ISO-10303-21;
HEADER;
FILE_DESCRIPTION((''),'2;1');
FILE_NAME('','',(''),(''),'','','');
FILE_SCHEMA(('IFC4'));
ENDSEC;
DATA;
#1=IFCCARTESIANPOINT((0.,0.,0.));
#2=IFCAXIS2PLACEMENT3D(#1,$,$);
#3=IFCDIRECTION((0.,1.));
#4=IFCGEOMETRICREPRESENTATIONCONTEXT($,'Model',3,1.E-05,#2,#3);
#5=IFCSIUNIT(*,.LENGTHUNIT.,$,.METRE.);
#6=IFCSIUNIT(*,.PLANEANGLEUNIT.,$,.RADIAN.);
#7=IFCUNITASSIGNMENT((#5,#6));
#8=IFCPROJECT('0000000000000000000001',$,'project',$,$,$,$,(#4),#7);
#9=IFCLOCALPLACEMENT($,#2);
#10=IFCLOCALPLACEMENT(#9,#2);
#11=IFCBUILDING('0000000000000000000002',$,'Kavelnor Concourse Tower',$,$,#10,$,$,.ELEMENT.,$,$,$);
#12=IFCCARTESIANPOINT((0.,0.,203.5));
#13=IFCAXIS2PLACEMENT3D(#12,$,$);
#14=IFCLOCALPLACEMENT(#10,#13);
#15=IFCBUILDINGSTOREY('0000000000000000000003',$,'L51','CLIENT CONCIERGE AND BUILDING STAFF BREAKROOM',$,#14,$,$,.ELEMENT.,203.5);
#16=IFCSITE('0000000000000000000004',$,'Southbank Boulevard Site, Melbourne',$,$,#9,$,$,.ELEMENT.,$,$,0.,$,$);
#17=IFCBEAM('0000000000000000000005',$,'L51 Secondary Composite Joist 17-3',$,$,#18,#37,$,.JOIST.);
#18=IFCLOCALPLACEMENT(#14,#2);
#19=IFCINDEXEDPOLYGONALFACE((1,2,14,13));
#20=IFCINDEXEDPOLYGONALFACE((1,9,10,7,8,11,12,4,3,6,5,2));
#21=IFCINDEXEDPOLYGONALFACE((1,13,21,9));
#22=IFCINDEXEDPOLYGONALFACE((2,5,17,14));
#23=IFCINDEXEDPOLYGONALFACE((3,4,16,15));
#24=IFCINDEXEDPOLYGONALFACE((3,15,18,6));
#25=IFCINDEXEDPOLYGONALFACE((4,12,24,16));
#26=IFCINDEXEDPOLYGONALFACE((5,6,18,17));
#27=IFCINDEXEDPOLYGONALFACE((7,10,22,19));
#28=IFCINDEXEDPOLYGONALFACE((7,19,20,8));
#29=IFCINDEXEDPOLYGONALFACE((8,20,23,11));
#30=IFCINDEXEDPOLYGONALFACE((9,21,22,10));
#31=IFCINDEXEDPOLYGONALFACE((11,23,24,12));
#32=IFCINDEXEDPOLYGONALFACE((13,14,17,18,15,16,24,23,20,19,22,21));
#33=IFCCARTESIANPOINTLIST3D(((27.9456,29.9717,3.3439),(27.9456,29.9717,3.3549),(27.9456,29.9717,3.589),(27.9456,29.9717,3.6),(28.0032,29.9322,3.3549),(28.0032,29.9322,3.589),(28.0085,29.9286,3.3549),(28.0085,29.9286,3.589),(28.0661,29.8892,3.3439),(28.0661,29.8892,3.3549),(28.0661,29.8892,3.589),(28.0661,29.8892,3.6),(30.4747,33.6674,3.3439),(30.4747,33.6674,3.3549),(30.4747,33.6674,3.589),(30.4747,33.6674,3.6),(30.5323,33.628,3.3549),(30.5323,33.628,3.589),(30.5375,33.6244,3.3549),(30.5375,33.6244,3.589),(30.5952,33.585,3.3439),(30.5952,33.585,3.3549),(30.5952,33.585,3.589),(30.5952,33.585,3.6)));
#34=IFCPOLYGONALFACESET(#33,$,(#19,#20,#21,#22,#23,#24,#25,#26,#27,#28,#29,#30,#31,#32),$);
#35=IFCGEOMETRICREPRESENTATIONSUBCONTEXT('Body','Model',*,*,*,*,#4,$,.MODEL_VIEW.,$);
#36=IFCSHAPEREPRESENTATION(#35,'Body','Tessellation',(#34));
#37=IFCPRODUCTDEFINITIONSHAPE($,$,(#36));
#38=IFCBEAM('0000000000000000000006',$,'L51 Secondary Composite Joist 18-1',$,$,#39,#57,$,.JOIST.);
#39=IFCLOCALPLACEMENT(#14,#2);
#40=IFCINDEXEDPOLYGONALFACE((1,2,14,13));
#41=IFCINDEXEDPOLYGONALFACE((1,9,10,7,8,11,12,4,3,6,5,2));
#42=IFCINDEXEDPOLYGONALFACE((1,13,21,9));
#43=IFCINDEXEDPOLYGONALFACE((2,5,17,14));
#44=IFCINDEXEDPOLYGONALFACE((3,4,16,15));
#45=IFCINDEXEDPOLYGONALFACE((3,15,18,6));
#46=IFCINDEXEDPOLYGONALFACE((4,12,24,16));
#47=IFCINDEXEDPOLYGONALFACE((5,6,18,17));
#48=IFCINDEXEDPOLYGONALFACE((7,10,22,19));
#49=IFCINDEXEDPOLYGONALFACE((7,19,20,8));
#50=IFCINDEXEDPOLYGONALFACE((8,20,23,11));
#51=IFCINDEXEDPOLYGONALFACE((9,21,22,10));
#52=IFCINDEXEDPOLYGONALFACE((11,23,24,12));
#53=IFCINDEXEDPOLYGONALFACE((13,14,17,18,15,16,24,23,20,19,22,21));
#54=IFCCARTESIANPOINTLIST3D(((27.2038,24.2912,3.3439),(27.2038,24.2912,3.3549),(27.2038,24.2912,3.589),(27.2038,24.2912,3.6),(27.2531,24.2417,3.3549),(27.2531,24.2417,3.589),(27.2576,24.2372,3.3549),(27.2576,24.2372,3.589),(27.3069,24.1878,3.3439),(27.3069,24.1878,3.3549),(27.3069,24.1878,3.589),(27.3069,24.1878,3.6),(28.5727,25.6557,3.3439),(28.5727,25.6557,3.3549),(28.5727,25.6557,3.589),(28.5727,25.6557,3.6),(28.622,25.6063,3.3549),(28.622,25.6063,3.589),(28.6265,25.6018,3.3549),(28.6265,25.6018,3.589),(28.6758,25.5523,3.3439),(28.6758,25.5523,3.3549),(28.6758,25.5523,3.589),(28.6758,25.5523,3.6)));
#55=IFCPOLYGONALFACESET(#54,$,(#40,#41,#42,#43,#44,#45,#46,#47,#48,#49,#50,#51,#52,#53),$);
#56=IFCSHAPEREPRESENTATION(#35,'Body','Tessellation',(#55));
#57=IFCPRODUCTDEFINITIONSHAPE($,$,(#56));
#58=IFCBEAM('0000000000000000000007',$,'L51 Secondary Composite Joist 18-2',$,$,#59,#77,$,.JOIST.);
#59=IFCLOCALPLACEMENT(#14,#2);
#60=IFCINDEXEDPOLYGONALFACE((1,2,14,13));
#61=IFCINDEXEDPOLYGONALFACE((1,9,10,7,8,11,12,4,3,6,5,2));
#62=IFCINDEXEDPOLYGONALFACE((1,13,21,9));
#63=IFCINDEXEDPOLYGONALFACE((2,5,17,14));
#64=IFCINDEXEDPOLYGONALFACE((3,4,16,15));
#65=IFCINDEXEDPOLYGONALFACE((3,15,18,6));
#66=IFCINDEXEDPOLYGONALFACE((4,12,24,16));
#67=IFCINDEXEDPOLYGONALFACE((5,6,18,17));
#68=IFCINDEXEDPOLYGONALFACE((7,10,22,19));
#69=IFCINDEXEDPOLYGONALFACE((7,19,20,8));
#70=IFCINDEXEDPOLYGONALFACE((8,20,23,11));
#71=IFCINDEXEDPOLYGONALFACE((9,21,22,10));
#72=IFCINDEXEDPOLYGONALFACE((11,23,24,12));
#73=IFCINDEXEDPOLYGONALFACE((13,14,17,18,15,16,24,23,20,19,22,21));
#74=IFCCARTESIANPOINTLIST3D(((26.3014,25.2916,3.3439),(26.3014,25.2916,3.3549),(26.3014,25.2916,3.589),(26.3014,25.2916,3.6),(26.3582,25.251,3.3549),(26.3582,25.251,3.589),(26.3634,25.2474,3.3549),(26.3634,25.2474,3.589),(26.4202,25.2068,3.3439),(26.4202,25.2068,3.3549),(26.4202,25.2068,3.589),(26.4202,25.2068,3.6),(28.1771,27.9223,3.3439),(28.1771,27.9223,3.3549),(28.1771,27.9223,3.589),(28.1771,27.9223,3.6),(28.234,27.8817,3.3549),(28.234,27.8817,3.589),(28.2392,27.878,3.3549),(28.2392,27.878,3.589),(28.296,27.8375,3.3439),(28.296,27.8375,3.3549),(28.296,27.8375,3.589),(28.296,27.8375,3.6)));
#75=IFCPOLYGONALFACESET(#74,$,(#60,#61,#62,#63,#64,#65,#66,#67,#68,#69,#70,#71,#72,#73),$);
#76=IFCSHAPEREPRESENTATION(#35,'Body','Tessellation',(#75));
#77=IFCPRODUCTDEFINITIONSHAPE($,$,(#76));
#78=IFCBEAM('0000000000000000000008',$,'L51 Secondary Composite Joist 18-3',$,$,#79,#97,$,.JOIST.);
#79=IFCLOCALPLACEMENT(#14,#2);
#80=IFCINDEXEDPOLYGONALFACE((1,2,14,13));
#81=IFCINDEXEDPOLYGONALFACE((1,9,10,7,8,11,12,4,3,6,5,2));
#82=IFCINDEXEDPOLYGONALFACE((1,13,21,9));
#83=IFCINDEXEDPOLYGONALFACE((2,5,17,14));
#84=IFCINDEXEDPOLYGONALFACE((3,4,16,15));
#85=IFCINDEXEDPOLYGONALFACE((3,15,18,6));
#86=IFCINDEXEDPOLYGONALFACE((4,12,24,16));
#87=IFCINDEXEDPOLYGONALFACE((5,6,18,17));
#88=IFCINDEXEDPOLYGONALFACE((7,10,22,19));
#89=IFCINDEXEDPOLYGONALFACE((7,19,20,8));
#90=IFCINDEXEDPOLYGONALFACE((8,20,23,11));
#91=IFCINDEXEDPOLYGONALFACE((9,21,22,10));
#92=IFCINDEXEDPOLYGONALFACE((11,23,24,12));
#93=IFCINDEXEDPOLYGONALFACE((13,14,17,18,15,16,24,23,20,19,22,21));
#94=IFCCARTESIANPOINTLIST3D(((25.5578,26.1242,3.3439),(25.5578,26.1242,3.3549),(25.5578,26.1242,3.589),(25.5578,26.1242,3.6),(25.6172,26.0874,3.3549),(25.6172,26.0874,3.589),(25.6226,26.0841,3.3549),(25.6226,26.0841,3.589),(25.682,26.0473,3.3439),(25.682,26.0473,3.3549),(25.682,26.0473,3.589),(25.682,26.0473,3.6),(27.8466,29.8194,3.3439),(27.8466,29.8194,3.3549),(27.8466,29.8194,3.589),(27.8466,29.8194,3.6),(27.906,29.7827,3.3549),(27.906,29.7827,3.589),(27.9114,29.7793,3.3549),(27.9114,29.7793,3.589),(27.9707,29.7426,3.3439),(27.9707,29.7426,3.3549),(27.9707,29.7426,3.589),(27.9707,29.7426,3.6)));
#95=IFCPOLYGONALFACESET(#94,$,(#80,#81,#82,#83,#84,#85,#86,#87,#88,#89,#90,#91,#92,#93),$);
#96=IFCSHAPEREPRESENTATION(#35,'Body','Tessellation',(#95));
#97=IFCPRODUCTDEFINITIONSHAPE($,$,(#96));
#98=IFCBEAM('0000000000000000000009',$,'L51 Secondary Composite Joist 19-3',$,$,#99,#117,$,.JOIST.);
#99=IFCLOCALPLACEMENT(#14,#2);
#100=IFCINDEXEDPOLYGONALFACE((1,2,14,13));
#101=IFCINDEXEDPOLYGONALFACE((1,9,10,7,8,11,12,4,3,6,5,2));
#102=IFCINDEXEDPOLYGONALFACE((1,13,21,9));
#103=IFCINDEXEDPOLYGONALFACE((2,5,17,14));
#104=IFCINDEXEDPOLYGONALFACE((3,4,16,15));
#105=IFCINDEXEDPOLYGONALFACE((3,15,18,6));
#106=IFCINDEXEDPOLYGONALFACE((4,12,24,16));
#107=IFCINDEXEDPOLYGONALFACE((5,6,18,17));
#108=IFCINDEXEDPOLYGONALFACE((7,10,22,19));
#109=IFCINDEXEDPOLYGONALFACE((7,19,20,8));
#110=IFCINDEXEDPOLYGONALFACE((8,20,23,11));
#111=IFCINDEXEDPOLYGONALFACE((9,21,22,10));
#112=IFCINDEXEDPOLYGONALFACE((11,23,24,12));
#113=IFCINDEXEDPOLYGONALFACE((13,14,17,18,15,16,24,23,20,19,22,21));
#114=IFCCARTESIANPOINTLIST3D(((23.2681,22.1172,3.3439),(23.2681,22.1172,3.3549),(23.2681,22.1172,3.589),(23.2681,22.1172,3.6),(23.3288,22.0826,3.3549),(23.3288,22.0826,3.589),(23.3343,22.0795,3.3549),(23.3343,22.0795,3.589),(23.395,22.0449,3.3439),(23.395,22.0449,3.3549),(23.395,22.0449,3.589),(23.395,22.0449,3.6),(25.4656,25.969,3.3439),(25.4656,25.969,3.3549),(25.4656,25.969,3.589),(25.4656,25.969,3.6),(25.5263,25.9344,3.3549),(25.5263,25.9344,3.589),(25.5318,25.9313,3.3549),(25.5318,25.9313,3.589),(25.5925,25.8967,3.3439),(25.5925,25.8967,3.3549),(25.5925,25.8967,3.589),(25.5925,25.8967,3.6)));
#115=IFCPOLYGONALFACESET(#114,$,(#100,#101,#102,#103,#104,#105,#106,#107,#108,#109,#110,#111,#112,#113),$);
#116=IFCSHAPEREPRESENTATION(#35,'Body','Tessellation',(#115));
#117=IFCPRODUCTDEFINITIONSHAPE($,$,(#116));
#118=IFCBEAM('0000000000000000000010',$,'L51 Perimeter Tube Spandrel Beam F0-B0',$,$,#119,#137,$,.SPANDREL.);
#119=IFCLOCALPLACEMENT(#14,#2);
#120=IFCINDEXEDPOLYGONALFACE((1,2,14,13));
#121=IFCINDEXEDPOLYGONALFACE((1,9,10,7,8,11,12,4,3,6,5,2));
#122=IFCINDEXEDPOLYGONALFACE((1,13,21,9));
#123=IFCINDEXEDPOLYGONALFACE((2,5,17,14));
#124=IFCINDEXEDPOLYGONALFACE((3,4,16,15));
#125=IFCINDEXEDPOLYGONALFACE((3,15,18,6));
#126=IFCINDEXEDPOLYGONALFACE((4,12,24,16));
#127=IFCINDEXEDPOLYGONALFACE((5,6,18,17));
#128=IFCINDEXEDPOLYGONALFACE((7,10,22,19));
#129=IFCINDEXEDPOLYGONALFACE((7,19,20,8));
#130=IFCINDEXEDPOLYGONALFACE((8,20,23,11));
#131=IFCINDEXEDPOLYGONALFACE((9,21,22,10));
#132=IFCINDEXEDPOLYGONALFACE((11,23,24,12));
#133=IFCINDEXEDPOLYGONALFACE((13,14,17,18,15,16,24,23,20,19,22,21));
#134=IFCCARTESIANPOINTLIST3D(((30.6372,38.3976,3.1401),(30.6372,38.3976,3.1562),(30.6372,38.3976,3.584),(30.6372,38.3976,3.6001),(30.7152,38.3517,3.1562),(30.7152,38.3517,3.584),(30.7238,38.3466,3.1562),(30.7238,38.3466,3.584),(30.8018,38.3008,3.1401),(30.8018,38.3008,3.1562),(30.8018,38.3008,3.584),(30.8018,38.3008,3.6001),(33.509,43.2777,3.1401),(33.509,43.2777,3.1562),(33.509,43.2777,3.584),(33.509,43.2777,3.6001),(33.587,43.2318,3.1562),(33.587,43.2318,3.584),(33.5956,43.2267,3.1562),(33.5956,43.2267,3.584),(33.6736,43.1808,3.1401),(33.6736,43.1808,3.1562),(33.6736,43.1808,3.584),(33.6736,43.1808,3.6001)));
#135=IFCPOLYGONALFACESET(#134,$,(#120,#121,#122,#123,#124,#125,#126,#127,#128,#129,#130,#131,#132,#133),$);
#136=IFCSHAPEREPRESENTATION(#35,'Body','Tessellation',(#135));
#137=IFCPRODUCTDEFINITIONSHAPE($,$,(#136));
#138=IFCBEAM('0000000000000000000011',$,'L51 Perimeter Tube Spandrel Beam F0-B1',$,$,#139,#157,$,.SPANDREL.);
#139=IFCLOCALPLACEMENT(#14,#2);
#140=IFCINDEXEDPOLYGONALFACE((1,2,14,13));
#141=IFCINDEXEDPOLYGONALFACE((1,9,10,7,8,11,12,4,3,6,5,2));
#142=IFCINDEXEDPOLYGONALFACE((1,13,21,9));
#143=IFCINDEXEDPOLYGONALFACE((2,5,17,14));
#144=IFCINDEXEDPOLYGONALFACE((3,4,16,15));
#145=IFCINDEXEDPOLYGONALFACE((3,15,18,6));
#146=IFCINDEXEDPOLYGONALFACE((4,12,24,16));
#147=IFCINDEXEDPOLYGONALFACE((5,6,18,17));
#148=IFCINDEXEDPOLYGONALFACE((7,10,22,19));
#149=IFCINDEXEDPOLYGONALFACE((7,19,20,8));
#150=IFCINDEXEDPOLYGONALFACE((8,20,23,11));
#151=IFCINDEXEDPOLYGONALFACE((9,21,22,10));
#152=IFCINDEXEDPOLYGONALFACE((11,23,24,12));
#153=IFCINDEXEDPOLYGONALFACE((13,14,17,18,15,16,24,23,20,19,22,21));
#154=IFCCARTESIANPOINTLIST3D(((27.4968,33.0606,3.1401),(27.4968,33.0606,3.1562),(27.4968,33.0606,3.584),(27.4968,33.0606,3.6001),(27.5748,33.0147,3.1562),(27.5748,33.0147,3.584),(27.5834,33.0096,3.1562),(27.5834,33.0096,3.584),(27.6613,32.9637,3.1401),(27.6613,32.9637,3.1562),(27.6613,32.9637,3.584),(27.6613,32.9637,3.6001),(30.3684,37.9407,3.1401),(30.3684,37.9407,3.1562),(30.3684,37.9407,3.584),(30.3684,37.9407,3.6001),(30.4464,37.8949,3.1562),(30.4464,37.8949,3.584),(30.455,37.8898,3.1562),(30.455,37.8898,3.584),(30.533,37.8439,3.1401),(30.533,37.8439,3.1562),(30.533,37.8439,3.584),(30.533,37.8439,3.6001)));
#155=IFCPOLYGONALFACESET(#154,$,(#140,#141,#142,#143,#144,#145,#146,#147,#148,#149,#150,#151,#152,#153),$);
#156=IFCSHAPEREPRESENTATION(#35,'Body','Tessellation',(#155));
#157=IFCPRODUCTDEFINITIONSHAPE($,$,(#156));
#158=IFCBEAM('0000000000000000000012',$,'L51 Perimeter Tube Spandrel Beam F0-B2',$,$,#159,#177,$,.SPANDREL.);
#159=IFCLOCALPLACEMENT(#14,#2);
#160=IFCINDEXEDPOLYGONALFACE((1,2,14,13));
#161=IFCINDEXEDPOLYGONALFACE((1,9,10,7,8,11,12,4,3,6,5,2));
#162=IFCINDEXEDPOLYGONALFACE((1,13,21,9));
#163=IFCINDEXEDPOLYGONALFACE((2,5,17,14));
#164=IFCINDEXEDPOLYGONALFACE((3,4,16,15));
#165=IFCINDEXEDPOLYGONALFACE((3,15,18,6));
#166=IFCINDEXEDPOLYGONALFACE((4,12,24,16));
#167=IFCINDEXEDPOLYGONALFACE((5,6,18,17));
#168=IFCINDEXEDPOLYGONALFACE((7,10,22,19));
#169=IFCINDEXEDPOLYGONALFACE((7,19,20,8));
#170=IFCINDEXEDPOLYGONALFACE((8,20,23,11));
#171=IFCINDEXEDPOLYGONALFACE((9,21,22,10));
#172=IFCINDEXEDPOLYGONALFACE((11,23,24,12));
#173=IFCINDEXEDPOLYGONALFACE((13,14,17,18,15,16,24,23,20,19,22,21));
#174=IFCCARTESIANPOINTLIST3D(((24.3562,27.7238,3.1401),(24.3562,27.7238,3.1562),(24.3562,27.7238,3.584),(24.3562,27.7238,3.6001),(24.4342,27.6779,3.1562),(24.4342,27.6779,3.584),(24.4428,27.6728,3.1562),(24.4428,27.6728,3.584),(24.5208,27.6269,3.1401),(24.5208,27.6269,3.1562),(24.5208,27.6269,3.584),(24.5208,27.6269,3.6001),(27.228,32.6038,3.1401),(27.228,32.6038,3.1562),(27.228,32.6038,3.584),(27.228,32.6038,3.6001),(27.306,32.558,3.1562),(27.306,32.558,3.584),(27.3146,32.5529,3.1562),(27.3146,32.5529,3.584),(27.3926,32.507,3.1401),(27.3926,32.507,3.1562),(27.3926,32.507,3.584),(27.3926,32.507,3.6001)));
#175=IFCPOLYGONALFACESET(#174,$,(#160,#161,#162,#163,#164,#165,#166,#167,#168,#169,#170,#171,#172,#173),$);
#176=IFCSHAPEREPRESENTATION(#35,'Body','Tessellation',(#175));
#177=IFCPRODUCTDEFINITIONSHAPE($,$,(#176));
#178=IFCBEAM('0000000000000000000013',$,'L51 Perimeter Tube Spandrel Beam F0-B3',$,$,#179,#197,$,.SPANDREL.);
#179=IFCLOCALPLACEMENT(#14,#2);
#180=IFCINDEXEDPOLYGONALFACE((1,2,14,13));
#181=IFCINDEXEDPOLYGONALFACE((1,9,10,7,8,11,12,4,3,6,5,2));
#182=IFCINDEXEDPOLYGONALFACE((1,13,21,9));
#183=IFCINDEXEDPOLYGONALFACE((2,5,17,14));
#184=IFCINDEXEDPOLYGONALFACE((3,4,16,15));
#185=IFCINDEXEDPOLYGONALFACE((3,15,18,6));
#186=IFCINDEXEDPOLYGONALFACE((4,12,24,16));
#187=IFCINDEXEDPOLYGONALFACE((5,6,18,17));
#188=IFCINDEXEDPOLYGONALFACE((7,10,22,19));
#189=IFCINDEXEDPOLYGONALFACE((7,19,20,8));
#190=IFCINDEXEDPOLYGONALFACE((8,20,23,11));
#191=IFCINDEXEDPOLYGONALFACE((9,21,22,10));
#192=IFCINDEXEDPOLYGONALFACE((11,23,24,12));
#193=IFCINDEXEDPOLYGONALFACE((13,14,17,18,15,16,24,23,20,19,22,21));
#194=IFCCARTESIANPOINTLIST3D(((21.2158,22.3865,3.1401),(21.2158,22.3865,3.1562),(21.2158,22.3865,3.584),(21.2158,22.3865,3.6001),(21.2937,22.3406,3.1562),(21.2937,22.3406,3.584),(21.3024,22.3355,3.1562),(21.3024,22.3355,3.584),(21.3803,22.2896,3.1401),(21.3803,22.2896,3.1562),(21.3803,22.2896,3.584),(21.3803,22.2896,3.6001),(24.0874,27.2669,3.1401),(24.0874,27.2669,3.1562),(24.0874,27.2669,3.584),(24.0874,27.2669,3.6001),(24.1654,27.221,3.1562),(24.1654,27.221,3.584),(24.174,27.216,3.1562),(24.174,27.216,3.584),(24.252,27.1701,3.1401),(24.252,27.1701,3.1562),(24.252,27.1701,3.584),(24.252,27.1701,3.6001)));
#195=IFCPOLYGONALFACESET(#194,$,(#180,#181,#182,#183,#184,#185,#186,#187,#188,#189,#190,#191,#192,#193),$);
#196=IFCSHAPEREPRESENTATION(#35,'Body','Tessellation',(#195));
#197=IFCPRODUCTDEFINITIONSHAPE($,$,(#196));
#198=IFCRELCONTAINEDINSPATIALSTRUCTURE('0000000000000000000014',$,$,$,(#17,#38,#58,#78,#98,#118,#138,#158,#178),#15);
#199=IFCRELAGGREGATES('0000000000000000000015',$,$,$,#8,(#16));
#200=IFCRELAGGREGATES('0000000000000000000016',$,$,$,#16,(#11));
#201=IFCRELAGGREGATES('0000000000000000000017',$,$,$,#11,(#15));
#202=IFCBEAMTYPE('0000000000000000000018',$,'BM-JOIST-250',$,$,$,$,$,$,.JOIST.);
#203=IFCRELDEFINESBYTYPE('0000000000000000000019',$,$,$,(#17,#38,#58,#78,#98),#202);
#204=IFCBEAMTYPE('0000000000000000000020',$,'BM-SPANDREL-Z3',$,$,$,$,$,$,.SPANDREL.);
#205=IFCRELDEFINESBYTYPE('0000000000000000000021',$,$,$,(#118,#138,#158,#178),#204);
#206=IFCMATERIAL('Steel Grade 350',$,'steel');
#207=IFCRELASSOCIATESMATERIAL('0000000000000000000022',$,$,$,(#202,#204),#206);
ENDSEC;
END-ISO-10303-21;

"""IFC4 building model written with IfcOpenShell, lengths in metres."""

from ifc_helpers import new_model, si_unit, direction, frame, origin, origin_2d, place, context, subcontext, project, spatial, i_section, extrude, material, material_profile, profile_set, type_object, element, save


model = new_model("IFC4")

# Units and contexts
model_context = context("Model", 3, precision=1e-05, world=origin(), true_north=direction((0.0, 1.0)))
body_context = subcontext(model_context, "Body", "Model", "MODEL_VIEW")
ifc_project = project(units=[si_unit("LENGTHUNIT", "METRE"), si_unit("PLANEANGLEUNIT", "RADIAN")], contexts=[model_context])

# Site, building, storey
site_placement = place(None, origin())
site = spatial("IfcSite", under=ifc_project, at=site_placement, Name="Southbank Boulevard Site, Melbourne", CompositionType="ELEMENT", RefElevation=0.0)
building_placement = place(site_placement, origin())
building = spatial("IfcBuilding", under=site, at=building_placement, Name="Kavelnor Concourse Tower", CompositionType="ELEMENT")
storey_placement = place(building_placement, frame((0.0, 0.0, 203.5)))
storey = spatial("IfcBuildingStorey", under=building, at=storey_placement, Name="L51", Description="CLIENT CONCIERGE AND BUILDING STAFF BREAKROOM", CompositionType="ELEMENT", Elevation=203.5)

# Shared definitions
ifc_material_1 = material(Name="Steel Grade 350", Category="steel")

# Beams
ifc_material_profile_1 = material_profile(ifc_material_1, i_section(OverallWidth=0.146, OverallDepth=0.2561, WebThickness=0.0063, FlangeThickness=0.011, at=origin_2d()), Name="250UB37")
ifc_profile_set_1 = profile_set([ifc_material_profile_1], Name="Steel Grade 350")
beam_type_1 = type_object("IfcBeamType", Name="BM-JOIST-250", PredefinedType="JOIST", material=ifc_profile_set_1)
beam_1_placement = place(storey_placement, frame((30.5349, 33.6262, 3.4719), z_axis=(-0.564737, -0.825271, 0.0), x_axis=(0.825271, -0.564737, 0.0)))
element("IfcBeam", 1, at=beam_1_placement, inside=storey, type_object=beam_type_1, Name="L51 Secondary Composite Joist 17-3", PredefinedType="JOIST", context=body_context, shape_type="SweptSolid", body=[
    extrude(i_section(OverallWidth=0.146, OverallDepth=0.2561, WebThickness=0.0063, FlangeThickness=0.011, at=origin_2d()), origin(), (0.0, 0.0, 1.0), 4.4783),
])
beam_2_placement = place(storey_placement, frame((28.6243, 25.604, 3.4719), z_axis=(-0.708243, -0.705969, 0.0), x_axis=(0.705969, -0.708243, 0.0)))
element("IfcBeam", 2, at=beam_2_placement, inside=storey, type_object=beam_type_1, Name="L51 Secondary Composite Joist 18-1", PredefinedType="JOIST", context=body_context, shape_type="SweptSolid", body=[
    extrude(i_section(OverallWidth=0.146, OverallDepth=0.2561, WebThickness=0.0063, FlangeThickness=0.011, at=origin_2d()), origin(), (0.0, 0.0, 1.0), 1.9329),
])
beam_3_placement = place(storey_placement, frame((28.2366, 27.8799, 3.4719), z_axis=(-0.580566, -0.814213, 0.0), x_axis=(0.814213, -0.580566, 0.0)))
element("IfcBeam", 3, at=beam_3_placement, inside=storey, type_object=beam_type_1, Name="L51 Secondary Composite Joist 18-2", PredefinedType="JOIST", context=body_context, shape_type="SweptSolid", body=[
    extrude(i_section(OverallWidth=0.146, OverallDepth=0.2561, WebThickness=0.0063, FlangeThickness=0.011, at=origin_2d()), origin(), (0.0, 0.0, 1.0), 3.231),
])
beam_4_placement = place(storey_placement, frame((27.9087, 29.781, 3.4719), z_axis=(-0.526561, -0.850137, 0.0), x_axis=(0.850137, -0.526561, 0.0)))
element("IfcBeam", 4, at=beam_4_placement, inside=storey, type_object=beam_type_1, Name="L51 Secondary Composite Joist 18-3", PredefinedType="JOIST", context=body_context, shape_type="SweptSolid", body=[
    extrude(i_section(OverallWidth=0.146, OverallDepth=0.2561, WebThickness=0.0063, FlangeThickness=0.011, at=origin_2d()), origin(), (0.0, 0.0, 1.0), 4.3467),
])
beam_5_placement = place(storey_placement, frame((25.5291, 25.9329, 3.4719), z_axis=(-0.49554, -0.868585, 0.0), x_axis=(0.868585, -0.49554, 0.0)))
element("IfcBeam", 5, at=beam_5_placement, inside=storey, type_object=beam_type_1, Name="L51 Secondary Composite Joist 19-3", PredefinedType="JOIST", context=body_context, shape_type="SweptSolid", body=[
    extrude(i_section(OverallWidth=0.146, OverallDepth=0.2561, WebThickness=0.0063, FlangeThickness=0.011, at=origin_2d()), origin(), (0.0, 0.0, 1.0), 4.4346),
])
ifc_material_profile_2 = material_profile(ifc_material_1, i_section(OverallWidth=0.1909, OverallDepth=0.46, WebThickness=0.01, FlangeThickness=0.0161, at=origin_2d()), Name="460UB82")
ifc_profile_set_2 = profile_set([ifc_material_profile_2], Name="Steel Grade 350")
beam_type_2 = type_object("IfcBeamType", Name="BM-SPANDREL-Z3", PredefinedType="SPANDREL", material=ifc_profile_set_2)
for number, where, z_axis, x_axis, name in (
    (6, (33.5913, 43.2292, 3.3701), (-0.507173, -0.861844, 0.0), (0.861844, -0.507173, 0.0), "L51 Perimeter Tube Spandrel Beam F0-B0"),
    (7, (30.4507, 37.8923, 3.3701), (-0.507141, -0.861863, 0.0), (0.861863, -0.507141, 0.0), "L51 Perimeter Tube Spandrel Beam F0-B1"),
    (8, (27.3103, 32.5554, 3.3701), (-0.507173, -0.861844, 0.0), (0.861844, -0.507173, 0.0), "L51 Perimeter Tube Spandrel Beam F0-B2"),
):
    element("IfcBeam", number, at=place(storey_placement, frame(where, z_axis=z_axis, x_axis=x_axis)), inside=storey, type_object=beam_type_2, Name=name, PredefinedType="SPANDREL", context=body_context, shape_type="SweptSolid", body=[
        extrude(i_section(OverallWidth=0.1909, OverallDepth=0.46, WebThickness=0.01, FlangeThickness=0.0161, at=origin_2d()), origin(), (0.0, 0.0, 1.0), 5.6624),
    ])
beam_6_placement = place(storey_placement, frame((24.1697, 27.2185, 3.3701), z_axis=(-0.507122, -0.861874, 0.0), x_axis=(0.861874, -0.507122, 0.0)))
element("IfcBeam", 9, at=beam_6_placement, inside=storey, type_object=beam_type_2, Name="L51 Perimeter Tube Spandrel Beam F0-B3", PredefinedType="SPANDREL", context=body_context, shape_type="SweptSolid", body=[
    extrude(i_section(OverallWidth=0.1909, OverallDepth=0.46, WebThickness=0.01, FlangeThickness=0.0161, at=origin_2d()), origin(), (0.0, 0.0, 1.0), 5.6626),
])

save(model, "model.ifc")
